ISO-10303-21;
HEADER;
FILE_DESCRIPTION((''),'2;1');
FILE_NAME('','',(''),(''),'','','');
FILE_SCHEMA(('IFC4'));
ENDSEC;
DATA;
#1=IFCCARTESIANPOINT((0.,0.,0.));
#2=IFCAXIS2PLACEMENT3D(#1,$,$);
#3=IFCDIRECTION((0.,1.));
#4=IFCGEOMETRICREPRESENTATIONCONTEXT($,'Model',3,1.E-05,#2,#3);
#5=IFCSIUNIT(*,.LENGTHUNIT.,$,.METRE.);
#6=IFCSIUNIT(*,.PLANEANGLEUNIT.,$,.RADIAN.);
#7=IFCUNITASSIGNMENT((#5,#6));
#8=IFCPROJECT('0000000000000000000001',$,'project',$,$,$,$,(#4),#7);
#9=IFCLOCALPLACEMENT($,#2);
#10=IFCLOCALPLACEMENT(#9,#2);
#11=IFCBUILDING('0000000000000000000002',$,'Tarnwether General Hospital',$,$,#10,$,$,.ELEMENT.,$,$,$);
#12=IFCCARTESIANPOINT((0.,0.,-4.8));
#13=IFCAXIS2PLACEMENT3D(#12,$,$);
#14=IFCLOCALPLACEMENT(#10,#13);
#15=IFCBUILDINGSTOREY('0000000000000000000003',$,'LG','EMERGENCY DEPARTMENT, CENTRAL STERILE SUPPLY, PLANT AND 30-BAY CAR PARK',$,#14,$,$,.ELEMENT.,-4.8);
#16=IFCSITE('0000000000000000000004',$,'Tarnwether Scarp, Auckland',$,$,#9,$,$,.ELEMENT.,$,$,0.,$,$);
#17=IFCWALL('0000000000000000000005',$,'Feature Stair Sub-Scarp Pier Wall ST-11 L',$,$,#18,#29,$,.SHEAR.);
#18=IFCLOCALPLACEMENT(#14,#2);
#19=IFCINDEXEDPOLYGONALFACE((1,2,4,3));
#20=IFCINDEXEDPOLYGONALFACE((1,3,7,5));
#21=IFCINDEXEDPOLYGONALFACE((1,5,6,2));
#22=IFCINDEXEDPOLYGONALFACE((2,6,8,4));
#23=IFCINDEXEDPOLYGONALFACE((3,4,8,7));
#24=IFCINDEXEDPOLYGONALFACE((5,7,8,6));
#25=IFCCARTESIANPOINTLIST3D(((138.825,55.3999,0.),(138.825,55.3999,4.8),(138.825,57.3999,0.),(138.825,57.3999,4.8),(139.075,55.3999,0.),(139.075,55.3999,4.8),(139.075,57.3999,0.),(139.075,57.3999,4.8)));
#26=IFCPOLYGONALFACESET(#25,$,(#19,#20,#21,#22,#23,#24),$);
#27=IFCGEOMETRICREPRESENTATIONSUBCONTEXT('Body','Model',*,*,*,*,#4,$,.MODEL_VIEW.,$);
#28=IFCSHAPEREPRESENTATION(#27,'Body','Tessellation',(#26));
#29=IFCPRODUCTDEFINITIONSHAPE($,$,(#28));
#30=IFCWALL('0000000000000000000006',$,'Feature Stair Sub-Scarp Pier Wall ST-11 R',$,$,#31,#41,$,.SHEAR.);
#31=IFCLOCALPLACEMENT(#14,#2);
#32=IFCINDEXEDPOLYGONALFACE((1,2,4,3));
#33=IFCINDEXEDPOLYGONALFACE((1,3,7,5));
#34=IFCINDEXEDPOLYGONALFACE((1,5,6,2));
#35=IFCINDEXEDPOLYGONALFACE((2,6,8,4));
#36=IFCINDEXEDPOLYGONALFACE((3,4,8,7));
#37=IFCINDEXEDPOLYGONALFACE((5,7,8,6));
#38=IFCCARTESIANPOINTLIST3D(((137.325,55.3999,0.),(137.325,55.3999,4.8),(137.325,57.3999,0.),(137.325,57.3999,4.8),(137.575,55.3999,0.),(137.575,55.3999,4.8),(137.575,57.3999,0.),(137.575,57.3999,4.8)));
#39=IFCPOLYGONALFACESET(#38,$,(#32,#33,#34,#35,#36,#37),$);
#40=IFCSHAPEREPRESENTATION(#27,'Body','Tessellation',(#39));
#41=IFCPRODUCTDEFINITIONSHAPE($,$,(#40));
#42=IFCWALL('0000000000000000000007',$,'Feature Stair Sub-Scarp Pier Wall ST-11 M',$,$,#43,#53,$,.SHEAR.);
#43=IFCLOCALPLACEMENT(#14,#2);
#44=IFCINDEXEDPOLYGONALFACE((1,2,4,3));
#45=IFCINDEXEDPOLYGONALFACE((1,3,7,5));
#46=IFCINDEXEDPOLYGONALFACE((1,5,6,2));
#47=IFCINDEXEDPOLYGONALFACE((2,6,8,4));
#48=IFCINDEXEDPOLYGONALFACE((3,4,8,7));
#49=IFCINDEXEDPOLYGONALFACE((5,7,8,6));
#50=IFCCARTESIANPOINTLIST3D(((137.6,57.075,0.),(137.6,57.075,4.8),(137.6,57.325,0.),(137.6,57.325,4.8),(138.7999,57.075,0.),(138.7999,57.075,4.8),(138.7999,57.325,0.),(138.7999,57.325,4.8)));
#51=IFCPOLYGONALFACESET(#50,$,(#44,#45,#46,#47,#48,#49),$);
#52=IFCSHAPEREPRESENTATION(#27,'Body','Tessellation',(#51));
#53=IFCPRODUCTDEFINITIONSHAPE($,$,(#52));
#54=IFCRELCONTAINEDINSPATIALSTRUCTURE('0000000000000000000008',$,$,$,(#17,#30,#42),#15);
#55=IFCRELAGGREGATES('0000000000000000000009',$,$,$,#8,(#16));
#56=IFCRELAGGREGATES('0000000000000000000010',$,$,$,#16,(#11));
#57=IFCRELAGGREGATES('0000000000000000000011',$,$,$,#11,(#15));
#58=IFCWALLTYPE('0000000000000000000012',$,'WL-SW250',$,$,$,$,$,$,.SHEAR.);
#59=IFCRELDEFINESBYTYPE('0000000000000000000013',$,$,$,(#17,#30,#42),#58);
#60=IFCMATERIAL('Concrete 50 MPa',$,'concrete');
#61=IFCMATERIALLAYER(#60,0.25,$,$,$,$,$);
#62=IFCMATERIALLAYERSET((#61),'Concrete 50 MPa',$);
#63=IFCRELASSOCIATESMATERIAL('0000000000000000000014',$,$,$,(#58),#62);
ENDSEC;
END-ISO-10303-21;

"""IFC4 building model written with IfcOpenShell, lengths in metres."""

from ifc_helpers import new_model, si_unit, direction, frame, frame_2d, origin, place, context, subcontext, project, spatial, rectangle, extrude, material, layer, layer_set, type_object, element, save


model = new_model("IFC4")

# Units and contexts
model_context = context("Model", 3, precision=1e-05, world=origin(), true_north=direction((0.0, 1.0)))
body_context = subcontext(model_context, "Body", "Model", "MODEL_VIEW")
ifc_project = project(units=[si_unit("LENGTHUNIT", "METRE"), si_unit("PLANEANGLEUNIT", "RADIAN")], contexts=[model_context])

# Site, building, storey
site_placement = place(None, origin())
site = spatial("IfcSite", under=ifc_project, at=site_placement, Name="Tarnwether Scarp, Auckland", CompositionType="ELEMENT", RefElevation=0.0)
building_placement = place(site_placement, origin())
building = spatial("IfcBuilding", under=site, at=building_placement, Name="Tarnwether General Hospital", CompositionType="ELEMENT")
storey_placement = place(building_placement, frame((0.0, 0.0, -4.8)))
storey = spatial("IfcBuildingStorey", under=building, at=storey_placement, Name="LG", Description="EMERGENCY DEPARTMENT, CENTRAL STERILE SUPPLY, PLANT AND 30-BAY CAR PARK", CompositionType="ELEMENT", Elevation=-4.8)

# Walls
ifc_material_1 = material(Name="Concrete 50 MPa", Category="concrete")
ifc_layer = layer(ifc_material_1, 0.25)
ifc_layer_set = layer_set([ifc_layer], Name="Concrete 50 MPa")
wall_type = type_object("IfcWallType", Name="WL-SW250", PredefinedType="SHEAR", material=ifc_layer_set)
for number, where, z_axis, x_axis, name in (
    (1, (138.95, 55.3999, 0.0), (0.0, 0.0, 1.0), (0.0, 1.0, 0.0), "Feature Stair Sub-Scarp Pier Wall ST-11 L"),
    (2, (137.45, 55.3999, 0.0), (0.0, 0.0, 1.0), (0.0, 1.0, 0.0), "Feature Stair Sub-Scarp Pier Wall ST-11 R"),
):
    element("IfcWall", number, at=place(storey_placement, frame(where, z_axis=z_axis, x_axis=x_axis)), inside=storey, type_object=wall_type, Name=name, PredefinedType="SHEAR", context=body_context, shape_type="SweptSolid", body=[
        extrude(rectangle(XDim=2.0, YDim=0.25, at=frame_2d((1.0, 0.0))), origin(), (0.0, 0.0, 1.0), 4.8),
    ])
wall_placement = place(storey_placement, frame((138.8, 57.2, 0.0), z_axis=(0.0, 0.0, 1.0), x_axis=(-1.0, 0.0, 0.0)))
element("IfcWall", 3, at=wall_placement, inside=storey, type_object=wall_type, Name="Feature Stair Sub-Scarp Pier Wall ST-11 M", PredefinedType="SHEAR", context=body_context, shape_type="SweptSolid", body=[
    extrude(rectangle(XDim=1.2, YDim=0.25, at=frame_2d((0.6001, 0.0))), origin(), (0.0, 0.0, 1.0), 4.8),
])

save(model, "model.ifc")
